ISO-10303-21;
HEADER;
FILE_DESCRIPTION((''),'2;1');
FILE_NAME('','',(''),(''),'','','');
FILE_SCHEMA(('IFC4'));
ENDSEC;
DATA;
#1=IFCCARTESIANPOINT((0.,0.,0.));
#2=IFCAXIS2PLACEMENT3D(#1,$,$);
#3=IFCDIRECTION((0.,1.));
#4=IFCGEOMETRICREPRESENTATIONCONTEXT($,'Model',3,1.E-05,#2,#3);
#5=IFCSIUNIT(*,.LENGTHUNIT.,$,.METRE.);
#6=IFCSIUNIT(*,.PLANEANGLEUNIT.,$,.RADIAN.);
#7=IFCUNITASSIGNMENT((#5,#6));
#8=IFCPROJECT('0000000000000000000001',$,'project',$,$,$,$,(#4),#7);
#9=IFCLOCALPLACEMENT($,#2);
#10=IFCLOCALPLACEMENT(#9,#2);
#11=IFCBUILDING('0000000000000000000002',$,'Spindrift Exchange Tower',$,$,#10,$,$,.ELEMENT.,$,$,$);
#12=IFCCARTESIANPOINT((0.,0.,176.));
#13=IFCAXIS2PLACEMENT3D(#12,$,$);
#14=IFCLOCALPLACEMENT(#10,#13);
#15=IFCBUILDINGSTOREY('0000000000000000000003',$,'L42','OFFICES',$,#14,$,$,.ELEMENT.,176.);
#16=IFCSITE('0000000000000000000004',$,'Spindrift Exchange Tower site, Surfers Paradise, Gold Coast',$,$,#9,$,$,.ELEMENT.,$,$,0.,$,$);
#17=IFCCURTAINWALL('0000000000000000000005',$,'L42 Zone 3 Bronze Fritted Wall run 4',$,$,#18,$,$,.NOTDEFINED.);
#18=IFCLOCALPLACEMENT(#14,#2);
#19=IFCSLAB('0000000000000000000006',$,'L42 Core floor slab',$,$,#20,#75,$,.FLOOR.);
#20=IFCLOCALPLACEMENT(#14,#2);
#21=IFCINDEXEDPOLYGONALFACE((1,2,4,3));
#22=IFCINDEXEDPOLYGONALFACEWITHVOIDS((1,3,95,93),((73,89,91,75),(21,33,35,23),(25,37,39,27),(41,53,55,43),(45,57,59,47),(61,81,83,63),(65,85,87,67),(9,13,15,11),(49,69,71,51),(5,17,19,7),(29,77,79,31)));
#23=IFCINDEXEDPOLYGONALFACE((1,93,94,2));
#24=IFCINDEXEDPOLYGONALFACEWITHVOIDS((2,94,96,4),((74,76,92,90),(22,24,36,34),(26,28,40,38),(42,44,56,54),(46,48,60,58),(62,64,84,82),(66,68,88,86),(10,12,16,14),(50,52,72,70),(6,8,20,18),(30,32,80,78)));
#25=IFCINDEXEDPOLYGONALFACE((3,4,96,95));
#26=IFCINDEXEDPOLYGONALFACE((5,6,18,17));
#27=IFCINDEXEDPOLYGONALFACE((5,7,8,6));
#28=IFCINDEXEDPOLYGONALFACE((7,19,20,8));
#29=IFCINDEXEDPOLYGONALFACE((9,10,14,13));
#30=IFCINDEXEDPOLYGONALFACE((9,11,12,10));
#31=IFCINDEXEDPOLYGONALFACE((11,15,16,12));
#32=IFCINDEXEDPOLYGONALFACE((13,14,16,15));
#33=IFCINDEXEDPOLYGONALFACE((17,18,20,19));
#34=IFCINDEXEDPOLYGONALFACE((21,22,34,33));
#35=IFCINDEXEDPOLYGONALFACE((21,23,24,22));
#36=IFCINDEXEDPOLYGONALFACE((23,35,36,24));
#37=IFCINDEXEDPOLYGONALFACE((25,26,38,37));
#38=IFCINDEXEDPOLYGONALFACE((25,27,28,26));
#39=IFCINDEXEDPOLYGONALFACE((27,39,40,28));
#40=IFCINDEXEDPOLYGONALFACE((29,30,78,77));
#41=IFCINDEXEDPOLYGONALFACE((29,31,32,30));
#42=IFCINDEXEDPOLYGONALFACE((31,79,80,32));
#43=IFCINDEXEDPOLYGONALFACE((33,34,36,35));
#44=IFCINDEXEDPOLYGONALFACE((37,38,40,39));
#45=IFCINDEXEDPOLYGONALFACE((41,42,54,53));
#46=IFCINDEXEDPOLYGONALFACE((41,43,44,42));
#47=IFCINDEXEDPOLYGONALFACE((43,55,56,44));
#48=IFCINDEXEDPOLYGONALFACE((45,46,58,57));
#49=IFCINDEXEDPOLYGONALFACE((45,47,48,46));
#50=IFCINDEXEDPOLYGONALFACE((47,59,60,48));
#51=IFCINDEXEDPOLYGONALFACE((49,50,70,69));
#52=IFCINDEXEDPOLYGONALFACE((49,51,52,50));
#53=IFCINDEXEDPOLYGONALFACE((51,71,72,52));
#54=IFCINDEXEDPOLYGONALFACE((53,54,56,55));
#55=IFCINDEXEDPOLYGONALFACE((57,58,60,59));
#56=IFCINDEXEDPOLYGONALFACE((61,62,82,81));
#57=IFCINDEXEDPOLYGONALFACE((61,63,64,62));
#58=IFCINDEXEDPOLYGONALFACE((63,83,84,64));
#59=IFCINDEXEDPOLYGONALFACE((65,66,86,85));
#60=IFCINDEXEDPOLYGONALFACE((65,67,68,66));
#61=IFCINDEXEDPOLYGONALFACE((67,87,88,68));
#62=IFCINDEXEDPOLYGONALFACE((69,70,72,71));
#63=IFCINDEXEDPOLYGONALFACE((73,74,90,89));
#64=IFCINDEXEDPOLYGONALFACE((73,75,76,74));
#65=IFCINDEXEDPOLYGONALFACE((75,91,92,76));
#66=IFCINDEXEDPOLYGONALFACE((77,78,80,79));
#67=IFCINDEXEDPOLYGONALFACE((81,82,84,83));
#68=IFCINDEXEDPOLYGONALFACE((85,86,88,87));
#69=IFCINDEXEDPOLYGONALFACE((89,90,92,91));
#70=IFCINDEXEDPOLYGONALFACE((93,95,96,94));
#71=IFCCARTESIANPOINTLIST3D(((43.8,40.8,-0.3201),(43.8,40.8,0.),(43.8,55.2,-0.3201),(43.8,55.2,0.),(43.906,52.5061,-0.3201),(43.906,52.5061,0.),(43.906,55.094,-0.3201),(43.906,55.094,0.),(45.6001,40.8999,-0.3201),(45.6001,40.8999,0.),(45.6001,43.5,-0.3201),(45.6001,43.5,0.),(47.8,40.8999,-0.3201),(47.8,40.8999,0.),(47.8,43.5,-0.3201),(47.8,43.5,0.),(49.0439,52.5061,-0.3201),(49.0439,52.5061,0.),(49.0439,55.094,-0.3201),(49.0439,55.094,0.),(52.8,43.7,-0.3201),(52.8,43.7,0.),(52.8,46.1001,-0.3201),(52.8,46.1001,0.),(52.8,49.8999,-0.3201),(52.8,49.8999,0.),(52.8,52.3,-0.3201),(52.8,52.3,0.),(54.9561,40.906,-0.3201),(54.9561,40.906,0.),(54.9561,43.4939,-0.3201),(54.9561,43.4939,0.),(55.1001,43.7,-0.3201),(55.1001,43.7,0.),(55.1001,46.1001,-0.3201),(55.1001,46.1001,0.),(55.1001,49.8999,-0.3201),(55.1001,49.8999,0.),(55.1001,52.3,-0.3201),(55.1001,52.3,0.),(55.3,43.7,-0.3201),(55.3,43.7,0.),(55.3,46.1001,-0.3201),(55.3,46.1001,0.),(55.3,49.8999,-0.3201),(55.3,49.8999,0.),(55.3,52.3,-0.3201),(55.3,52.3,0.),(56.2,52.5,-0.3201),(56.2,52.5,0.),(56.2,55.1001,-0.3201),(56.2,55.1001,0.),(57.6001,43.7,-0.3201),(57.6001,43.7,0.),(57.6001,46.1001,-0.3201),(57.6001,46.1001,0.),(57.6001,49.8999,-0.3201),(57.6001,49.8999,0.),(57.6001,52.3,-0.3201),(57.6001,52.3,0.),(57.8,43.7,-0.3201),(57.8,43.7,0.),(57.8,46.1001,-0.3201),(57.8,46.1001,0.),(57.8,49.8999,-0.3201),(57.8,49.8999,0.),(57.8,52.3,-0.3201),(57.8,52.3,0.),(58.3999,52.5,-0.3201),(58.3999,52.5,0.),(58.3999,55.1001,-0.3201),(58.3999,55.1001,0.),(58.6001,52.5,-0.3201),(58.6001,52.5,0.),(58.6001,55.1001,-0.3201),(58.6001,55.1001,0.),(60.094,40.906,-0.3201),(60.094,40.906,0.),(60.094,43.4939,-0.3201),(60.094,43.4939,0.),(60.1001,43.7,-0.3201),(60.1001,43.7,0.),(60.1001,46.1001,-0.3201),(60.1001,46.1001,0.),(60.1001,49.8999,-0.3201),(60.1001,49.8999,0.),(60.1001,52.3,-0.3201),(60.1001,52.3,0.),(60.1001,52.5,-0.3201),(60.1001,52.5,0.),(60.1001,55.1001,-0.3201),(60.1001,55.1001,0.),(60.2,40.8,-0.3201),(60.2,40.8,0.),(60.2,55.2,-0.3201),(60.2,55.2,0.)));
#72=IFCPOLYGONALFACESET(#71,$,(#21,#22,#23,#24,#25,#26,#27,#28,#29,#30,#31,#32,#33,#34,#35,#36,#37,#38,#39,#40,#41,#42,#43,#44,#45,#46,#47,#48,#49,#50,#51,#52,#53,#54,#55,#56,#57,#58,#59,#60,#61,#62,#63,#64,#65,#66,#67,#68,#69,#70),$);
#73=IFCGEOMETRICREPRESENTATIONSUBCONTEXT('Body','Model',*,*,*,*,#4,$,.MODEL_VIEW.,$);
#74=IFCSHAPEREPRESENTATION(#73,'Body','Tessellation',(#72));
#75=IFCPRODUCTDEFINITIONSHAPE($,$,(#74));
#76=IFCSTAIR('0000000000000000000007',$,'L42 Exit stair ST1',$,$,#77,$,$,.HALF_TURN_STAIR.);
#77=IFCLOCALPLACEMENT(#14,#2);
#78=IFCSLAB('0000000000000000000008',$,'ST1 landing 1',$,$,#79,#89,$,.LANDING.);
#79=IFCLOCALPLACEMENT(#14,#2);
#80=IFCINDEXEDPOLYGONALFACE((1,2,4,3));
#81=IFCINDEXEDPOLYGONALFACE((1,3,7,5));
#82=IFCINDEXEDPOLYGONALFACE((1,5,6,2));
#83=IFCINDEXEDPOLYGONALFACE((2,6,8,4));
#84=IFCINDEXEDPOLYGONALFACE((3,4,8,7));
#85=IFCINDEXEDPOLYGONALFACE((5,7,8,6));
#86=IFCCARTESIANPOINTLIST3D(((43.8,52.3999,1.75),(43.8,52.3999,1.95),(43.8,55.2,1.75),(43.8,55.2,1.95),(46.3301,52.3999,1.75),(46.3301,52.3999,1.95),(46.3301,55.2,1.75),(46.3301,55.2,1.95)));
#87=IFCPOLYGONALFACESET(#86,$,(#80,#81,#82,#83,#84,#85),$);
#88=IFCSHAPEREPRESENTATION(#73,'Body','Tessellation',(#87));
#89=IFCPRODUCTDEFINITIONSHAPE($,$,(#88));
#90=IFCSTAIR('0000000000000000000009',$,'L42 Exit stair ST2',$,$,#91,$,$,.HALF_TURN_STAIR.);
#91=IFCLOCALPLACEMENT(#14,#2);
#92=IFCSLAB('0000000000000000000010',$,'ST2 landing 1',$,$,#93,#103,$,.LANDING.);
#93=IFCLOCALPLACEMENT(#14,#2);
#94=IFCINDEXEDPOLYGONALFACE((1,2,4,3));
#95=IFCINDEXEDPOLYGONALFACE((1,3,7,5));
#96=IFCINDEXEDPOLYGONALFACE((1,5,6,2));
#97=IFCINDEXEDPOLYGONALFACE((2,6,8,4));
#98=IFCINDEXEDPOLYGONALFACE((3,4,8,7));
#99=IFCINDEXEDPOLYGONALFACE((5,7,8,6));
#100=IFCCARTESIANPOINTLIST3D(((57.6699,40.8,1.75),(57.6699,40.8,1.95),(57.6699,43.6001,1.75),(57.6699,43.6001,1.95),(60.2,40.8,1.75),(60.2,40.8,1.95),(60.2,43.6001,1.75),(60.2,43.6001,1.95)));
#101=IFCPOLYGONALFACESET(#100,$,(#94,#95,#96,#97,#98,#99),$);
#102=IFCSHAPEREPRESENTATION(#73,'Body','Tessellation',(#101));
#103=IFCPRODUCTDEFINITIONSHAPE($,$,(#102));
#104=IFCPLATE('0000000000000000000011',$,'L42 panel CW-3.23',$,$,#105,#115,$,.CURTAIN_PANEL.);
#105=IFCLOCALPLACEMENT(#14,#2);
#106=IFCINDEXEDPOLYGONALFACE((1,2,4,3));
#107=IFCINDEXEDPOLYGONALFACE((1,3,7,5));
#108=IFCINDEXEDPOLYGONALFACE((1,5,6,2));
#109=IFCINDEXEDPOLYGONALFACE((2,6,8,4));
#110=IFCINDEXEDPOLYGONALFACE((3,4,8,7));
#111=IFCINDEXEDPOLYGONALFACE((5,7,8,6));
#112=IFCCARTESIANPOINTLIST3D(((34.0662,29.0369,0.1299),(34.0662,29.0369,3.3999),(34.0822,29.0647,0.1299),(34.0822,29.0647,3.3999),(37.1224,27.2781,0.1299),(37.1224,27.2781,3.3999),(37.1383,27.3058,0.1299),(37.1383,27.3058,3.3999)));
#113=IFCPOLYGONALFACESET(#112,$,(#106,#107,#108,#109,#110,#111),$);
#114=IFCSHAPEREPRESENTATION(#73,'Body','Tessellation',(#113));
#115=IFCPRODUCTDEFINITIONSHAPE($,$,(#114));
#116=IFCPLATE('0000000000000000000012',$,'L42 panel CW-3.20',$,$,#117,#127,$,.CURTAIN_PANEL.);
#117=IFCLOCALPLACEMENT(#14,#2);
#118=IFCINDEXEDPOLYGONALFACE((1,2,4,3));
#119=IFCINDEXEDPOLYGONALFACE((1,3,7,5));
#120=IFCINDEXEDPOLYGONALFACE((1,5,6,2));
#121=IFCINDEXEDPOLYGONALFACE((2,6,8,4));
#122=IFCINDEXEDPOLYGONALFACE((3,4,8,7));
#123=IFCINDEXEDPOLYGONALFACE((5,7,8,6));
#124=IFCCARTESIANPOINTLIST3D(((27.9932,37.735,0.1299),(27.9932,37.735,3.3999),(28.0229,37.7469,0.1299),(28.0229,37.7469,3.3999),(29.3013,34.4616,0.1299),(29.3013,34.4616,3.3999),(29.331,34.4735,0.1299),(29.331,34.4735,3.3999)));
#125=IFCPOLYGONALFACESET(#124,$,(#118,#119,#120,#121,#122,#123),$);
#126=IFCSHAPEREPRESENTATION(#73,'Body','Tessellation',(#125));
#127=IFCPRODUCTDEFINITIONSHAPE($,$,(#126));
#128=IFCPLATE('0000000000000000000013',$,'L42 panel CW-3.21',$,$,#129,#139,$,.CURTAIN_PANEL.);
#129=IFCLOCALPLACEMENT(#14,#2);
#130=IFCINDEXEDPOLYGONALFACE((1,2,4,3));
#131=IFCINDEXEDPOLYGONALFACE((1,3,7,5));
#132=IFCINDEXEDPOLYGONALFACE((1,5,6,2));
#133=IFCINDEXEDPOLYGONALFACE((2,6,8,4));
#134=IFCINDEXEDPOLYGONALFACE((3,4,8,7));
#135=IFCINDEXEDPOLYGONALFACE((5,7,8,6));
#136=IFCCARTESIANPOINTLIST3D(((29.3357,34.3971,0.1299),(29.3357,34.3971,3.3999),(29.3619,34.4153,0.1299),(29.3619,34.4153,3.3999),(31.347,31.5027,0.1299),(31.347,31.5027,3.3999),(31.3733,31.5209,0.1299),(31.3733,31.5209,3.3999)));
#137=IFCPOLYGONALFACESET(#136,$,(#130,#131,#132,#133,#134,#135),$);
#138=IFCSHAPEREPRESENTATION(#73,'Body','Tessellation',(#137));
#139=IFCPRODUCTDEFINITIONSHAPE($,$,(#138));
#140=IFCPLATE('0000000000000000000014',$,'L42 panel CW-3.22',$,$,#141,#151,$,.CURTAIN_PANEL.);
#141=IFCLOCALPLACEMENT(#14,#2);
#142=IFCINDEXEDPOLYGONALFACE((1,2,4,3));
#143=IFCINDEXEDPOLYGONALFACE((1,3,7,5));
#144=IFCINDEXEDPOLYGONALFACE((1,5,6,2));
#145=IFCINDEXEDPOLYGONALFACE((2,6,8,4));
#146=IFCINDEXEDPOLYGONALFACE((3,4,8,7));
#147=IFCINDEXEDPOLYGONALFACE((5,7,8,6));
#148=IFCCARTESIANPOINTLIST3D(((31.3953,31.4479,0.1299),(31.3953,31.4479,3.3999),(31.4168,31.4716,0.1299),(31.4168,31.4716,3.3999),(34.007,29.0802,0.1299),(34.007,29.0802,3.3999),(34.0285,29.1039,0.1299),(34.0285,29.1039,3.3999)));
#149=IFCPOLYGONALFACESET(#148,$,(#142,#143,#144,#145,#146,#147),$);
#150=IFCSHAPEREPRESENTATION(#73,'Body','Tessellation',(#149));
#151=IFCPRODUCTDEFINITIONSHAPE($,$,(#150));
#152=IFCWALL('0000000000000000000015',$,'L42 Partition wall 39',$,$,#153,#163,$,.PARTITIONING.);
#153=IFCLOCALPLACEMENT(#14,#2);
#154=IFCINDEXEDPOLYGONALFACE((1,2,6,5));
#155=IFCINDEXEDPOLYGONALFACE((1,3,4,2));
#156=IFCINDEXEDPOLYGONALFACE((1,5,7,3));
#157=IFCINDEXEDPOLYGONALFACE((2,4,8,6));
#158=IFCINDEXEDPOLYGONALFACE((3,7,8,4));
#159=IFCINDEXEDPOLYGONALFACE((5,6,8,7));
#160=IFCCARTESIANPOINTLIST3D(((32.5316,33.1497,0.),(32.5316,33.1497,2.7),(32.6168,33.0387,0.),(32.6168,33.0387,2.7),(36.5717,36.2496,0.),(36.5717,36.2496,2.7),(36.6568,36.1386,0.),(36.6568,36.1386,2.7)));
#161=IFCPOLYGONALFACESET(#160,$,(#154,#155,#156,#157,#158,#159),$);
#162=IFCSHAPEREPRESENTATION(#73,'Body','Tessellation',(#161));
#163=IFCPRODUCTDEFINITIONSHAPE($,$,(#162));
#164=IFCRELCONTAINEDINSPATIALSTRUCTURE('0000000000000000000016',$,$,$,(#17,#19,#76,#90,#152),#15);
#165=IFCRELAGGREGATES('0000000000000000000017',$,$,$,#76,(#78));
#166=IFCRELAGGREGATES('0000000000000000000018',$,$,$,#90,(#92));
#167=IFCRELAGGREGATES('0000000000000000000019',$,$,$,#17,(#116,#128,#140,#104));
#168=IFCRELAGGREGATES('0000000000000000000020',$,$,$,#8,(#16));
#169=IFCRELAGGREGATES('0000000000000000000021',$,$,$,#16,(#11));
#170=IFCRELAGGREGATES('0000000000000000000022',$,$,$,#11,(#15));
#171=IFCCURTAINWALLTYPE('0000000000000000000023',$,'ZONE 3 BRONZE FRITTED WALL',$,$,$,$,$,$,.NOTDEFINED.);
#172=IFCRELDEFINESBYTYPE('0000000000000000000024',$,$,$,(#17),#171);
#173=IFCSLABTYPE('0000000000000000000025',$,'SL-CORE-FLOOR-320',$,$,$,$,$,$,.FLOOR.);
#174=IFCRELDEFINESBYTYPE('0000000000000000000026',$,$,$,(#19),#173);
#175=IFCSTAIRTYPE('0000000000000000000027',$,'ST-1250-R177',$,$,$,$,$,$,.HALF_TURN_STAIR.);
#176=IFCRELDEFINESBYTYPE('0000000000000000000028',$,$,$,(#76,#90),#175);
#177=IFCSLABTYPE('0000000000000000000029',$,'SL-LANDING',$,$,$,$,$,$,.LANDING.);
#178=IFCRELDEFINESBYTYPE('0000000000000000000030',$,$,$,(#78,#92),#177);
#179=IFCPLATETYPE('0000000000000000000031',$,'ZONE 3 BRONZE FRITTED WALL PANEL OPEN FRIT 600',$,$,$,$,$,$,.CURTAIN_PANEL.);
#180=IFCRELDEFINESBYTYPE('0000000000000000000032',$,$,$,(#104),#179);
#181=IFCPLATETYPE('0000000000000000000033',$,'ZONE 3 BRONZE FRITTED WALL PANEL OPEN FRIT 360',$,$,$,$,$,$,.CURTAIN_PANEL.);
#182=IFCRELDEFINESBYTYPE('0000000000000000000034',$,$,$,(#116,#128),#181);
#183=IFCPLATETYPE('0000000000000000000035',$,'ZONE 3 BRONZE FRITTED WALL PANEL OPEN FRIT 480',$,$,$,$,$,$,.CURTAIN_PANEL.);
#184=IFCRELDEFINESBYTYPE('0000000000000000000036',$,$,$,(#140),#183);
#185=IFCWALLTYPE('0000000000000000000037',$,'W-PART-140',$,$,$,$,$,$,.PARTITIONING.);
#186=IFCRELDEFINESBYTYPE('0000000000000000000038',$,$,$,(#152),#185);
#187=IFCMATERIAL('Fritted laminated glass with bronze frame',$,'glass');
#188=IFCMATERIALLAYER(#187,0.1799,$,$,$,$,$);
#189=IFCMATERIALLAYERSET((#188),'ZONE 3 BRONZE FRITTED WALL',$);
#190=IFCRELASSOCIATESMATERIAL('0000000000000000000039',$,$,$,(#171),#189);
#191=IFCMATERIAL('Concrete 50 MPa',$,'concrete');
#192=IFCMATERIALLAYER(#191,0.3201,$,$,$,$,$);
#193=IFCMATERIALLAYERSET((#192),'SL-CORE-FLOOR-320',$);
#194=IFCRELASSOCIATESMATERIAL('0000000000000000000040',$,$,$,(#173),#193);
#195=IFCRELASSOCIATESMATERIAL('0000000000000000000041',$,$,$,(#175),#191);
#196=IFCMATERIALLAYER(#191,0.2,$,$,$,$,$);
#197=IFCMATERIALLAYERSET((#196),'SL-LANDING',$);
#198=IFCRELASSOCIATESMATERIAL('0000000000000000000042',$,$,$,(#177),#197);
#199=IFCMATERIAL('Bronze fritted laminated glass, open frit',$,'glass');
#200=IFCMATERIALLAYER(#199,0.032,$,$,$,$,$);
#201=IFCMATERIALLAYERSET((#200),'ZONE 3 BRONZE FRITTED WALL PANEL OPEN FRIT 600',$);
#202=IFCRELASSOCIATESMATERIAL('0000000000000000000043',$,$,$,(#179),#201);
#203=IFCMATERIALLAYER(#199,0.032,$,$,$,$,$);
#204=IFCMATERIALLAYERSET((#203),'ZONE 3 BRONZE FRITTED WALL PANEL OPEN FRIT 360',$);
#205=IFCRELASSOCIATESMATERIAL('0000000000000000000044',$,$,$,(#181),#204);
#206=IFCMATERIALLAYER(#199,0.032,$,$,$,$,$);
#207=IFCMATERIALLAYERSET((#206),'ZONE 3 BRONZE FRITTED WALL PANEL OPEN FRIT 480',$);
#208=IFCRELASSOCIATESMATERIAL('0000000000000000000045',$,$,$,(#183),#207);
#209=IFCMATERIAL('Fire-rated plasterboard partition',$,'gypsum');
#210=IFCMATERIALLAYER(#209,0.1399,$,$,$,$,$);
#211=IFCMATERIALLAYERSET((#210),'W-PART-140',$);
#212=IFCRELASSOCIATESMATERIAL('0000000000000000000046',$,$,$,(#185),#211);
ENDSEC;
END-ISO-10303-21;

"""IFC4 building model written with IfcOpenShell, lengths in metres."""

from ifc_helpers import new_model, si_unit, direction, frame, frame_2d, origin, origin_2d, place, context, subcontext, project, spatial, line, indexed_curve, rectangle, outline, extrude, source, transform, mapped, material, layer, layer_set, type_object, element, aggregate, save


model = new_model("IFC4")

# Units and contexts
model_context = context("Model", 3, precision=1e-05, world=origin(), true_north=direction((0.0, 1.0)))
body_context = subcontext(model_context, "Body", "Model", "MODEL_VIEW")
ifc_project = project(units=[si_unit("LENGTHUNIT", "METRE"), si_unit("PLANEANGLEUNIT", "RADIAN")], contexts=[model_context])

# Site, building, storey
site_placement = place(None, origin())
site = spatial("IfcSite", under=ifc_project, at=site_placement, Name="Spindrift Exchange Tower site, Surfers Paradise, Gold Coast", CompositionType="ELEMENT", RefElevation=0.0)
building_placement = place(site_placement, origin())
building = spatial("IfcBuilding", under=site, at=building_placement, Name="Spindrift Exchange Tower", CompositionType="ELEMENT")
storey_placement = place(building_placement, frame((0.0, 0.0, 176.0)))
storey = spatial("IfcBuildingStorey", under=building, at=storey_placement, Name="L42", Description="OFFICES", CompositionType="ELEMENT", Elevation=176.0)

# Shared definitions
ifc_material_1 = material(Name="Concrete 50 MPa", Category="concrete")

# Curtain wall
ifc_material_2 = material(Name="Fritted laminated glass with bronze frame", Category="glass")
ifc_layer_1 = layer(ifc_material_2, 0.1799)
ifc_layer_set_1 = layer_set([ifc_layer_1], Name="ZONE 3 BRONZE FRITTED WALL")
curtain_wall_type = type_object("IfcCurtainWallType", Name="ZONE 3 BRONZE FRITTED WALL", PredefinedType="NOTDEFINED", material=ifc_layer_set_1)
curtain_wall_placement = place(storey_placement, origin())
curtain_wall = element("IfcCurtainWall", 1, at=curtain_wall_placement, inside=storey, type_object=curtain_wall_type, Name="L42 Zone 3 Bronze Fritted Wall run 4", PredefinedType="NOTDEFINED")

# Slab
ifc_layer_2 = layer(ifc_material_1, 0.3201)
ifc_layer_set_2 = layer_set([ifc_layer_2], Name="SL-CORE-FLOOR-320")
slab_type_1 = type_object("IfcSlabType", Name="SL-CORE-FLOOR-320", PredefinedType="FLOOR", material=ifc_layer_set_2)
slab_1_placement = place(storey_placement, frame((0.0, 0.0, -0.3201)))
element("IfcSlab", 2, at=slab_1_placement, inside=storey, type_object=slab_type_1, Name="L42 Core floor slab", PredefinedType="FLOOR", context=body_context, shape_type="SweptSolid", body=[
    extrude(outline(indexed_curve([(43.8, 40.8), (43.8, 55.2), (60.2, 55.2), (60.2, 40.8)], segments=[line(1, 2, 3, 4, 1)], self_intersect=False), holes=[indexed_curve([(45.6001, 43.5), (45.6001, 40.8999), (47.8, 40.8999), (47.8, 43.5)], segments=[line(1, 2, 3, 4, 1)], self_intersect=False), indexed_curve([(52.8, 46.1001), (52.8, 43.7), (55.1001, 43.7), (55.1001, 46.1001)], segments=[line(1, 2, 3, 4, 1)], self_intersect=False), indexed_curve([(55.3, 46.1001), (55.3, 43.7), (57.6001, 43.7), (57.6001, 46.1001)], segments=[line(1, 2, 3, 4, 1)], self_intersect=False), indexed_curve([(55.1001, 52.3), (52.8, 52.3), (52.8, 49.8999), (55.1001, 49.8999)], segments=[line(1, 2, 3, 4, 1)], self_intersect=False), indexed_curve([(57.6001, 52.3), (55.3, 52.3), (55.3, 49.8999), (57.6001, 49.8999)], segments=[line(1, 2, 3, 4, 1)], self_intersect=False), indexed_curve([(43.906, 52.5061), (49.0439, 52.5061), (49.0439, 55.094), (43.906, 55.094)], segments=[line(1, 2, 3, 4, 1)], self_intersect=False), indexed_curve([(60.094, 40.906), (60.094, 43.4939), (54.9561, 43.4939), (54.9561, 40.906)], segments=[line(1, 2, 3, 4, 1)], self_intersect=False), indexed_curve([(60.1001, 46.1001), (57.8, 46.1001), (57.8, 43.7), (60.1001, 43.7)], segments=[line(1, 2, 3, 4, 1)], self_intersect=False), indexed_curve([(57.8, 52.3), (57.8, 49.8999), (60.1001, 49.8999), (60.1001, 52.3)], segments=[line(1, 2, 3, 4, 1)], self_intersect=False), indexed_curve([(58.3999, 55.1001), (56.2, 55.1001), (56.2, 52.5), (58.3999, 52.5)], segments=[line(1, 2, 3, 4, 1)], self_intersect=False), indexed_curve([(60.1001, 55.1001), (58.6001, 55.1001), (58.6001, 52.5), (60.1001, 52.5)], segments=[line(1, 2, 3, 4, 1)], self_intersect=False)]), origin(), (0.0, 0.0, 1.0), 0.3201),
])

# Stairs, slabs
stair_type = type_object("IfcStairType", Name="ST-1250-R177", PredefinedType="HALF_TURN_STAIR", material=ifc_material_1)
stair_1_placement = place(storey_placement, origin())
stair_1 = element("IfcStair", 3, at=stair_1_placement, inside=storey, type_object=stair_type, Name="L42 Exit stair ST1", PredefinedType="HALF_TURN_STAIR")
ifc_layer_3 = layer(ifc_material_1, 0.2)
ifc_layer_set_3 = layer_set([ifc_layer_3], Name="SL-LANDING")
slab_type_2 = type_object("IfcSlabType", Name="SL-LANDING", PredefinedType="LANDING", material=ifc_layer_set_3)
slab_2_placement = place(storey_placement, frame((0.0, 0.0, 1.75)))
slab_2 = element("IfcSlab", 4, at=slab_2_placement, type_object=slab_type_2, Name="ST1 landing 1", PredefinedType="LANDING", context=body_context, shape_type="SweptSolid", body=[
    extrude(outline(indexed_curve([(46.3301, 52.3999), (43.8, 52.3999), (43.8, 55.2), (46.3301, 55.2)], segments=[line(1, 2, 3, 4, 1)], self_intersect=False)), origin(), (0.0, 0.0, 1.0), 0.2),
])
aggregate(stair_1, [slab_2])
stair_2_placement = place(storey_placement, origin())
stair_2 = element("IfcStair", 5, at=stair_2_placement, inside=storey, type_object=stair_type, Name="L42 Exit stair ST2", PredefinedType="HALF_TURN_STAIR")
slab_3_placement = place(storey_placement, frame((0.0, 0.0, 1.75)))
slab_3 = element("IfcSlab", 6, at=slab_3_placement, type_object=slab_type_2, Name="ST2 landing 1", PredefinedType="LANDING", context=body_context, shape_type="SweptSolid", body=[
    extrude(outline(indexed_curve([(57.6699, 43.6001), (60.2, 43.6001), (60.2, 40.8), (57.6699, 40.8)], segments=[line(1, 2, 3, 4, 1)], self_intersect=False)), origin(), (0.0, 0.0, 1.0), 0.2),
])
aggregate(stair_2, [slab_3])

# Plates
ifc_material_3 = material(Name="Bronze fritted laminated glass, open frit", Category="glass")
ifc_layer_4 = layer(ifc_material_3, 0.032)
ifc_layer_set_4 = layer_set([ifc_layer_4], Name="ZONE 3 BRONZE FRITTED WALL PANEL OPEN FRIT 600")
plate_type_1 = type_object("IfcPlateType", Name="ZONE 3 BRONZE FRITTED WALL PANEL OPEN FRIT 600", PredefinedType="CURTAIN_PANEL", material=ifc_layer_set_4)
shared_shape_1 = source(origin(), body_context, "Body", "SweptSolid", [
    extrude(rectangle(XDim=3.5261, YDim=0.032, at=origin_2d()), origin(), (0.0, 0.0, 1.0), 3.27),
])
plate_1_placement = place(storey_placement, frame((35.6023, 28.1714, 0.1299), z_axis=(0.0, 0.0, 1.0), x_axis=(0.866716, -0.498802, 0.0)))
plate_1 = element("IfcPlate", 7, at=plate_1_placement, type_object=plate_type_1, Name="L42 panel CW-3.23", PredefinedType="CURTAIN_PANEL", context=body_context, shape_type="MappedRepresentation", body=[
    mapped(shared_shape_1, transform((0.0, 0.0, 0.0), scale=1.0)),
])
ifc_layer_5 = layer(ifc_material_3, 0.032)
ifc_layer_set_5 = layer_set([ifc_layer_5], Name="ZONE 3 BRONZE FRITTED WALL PANEL OPEN FRIT 360")
plate_type_2 = type_object("IfcPlateType", Name="ZONE 3 BRONZE FRITTED WALL PANEL OPEN FRIT 360", PredefinedType="CURTAIN_PANEL", material=ifc_layer_set_5)
shared_shape_2 = source(origin(), body_context, "Body", "SweptSolid", [
    extrude(rectangle(XDim=3.5251, YDim=0.032, at=origin_2d()), origin(), (0.0, 0.0, 1.0), 3.27),
])
plate_2_placement = place(storey_placement, frame((28.6621, 36.1042, 0.1299), z_axis=(0.0, 0.0, 1.0), x_axis=(0.371089, -0.928597, 0.0)))
plate_2 = element("IfcPlate", 8, at=plate_2_placement, type_object=plate_type_2, Name="L42 panel CW-3.20", PredefinedType="CURTAIN_PANEL", context=body_context, shape_type="MappedRepresentation", body=[
    mapped(shared_shape_2, transform((0.0, 0.0, 0.0), scale=1.0)),
])
shared_shape_3 = source(origin(), body_context, "Body", "SweptSolid", [
    extrude(rectangle(XDim=3.5247, YDim=0.032, at=origin_2d()), origin(), (0.0, 0.0, 1.0), 3.27),
])
plate_3_placement = place(storey_placement, frame((30.3545, 32.959, 0.1299), z_axis=(0.0, 0.0, 1.0), x_axis=(0.570653, -0.821191, 0.0)))
plate_3 = element("IfcPlate", 9, at=plate_3_placement, type_object=plate_type_2, Name="L42 panel CW-3.21", PredefinedType="CURTAIN_PANEL", context=body_context, shape_type="MappedRepresentation", body=[
    mapped(shared_shape_3, transform((0.0, 0.0, 0.0), scale=1.0)),
])
ifc_layer_6 = layer(ifc_material_3, 0.032)
ifc_layer_set_6 = layer_set([ifc_layer_6], Name="ZONE 3 BRONZE FRITTED WALL PANEL OPEN FRIT 480")
plate_type_3 = type_object("IfcPlateType", Name="ZONE 3 BRONZE FRITTED WALL PANEL OPEN FRIT 480", PredefinedType="CURTAIN_PANEL", material=ifc_layer_set_6)
shared_shape_4 = source(origin(), body_context, "Body", "SweptSolid", [
    extrude(rectangle(XDim=3.5251, YDim=0.032, at=origin_2d()), origin(), (0.0, 0.0, 1.0), 3.27),
])
plate_4_placement = place(storey_placement, frame((32.7119, 30.2759, 0.1299), z_axis=(0.0, 0.0, 1.0), x_axis=(0.740862, -0.671657, 0.0)))
plate_4 = element("IfcPlate", 10, at=plate_4_placement, type_object=plate_type_3, Name="L42 panel CW-3.22", PredefinedType="CURTAIN_PANEL", context=body_context, shape_type="MappedRepresentation", body=[
    mapped(shared_shape_4, transform((0.0, 0.0, 0.0), scale=1.0)),
])
aggregate(curtain_wall, [plate_2, plate_3, plate_4, plate_1])

# Wall
ifc_material_4 = material(Name="Fire-rated plasterboard partition", Category="gypsum")
ifc_layer_7 = layer(ifc_material_4, 0.1399)
ifc_layer_set_7 = layer_set([ifc_layer_7], Name="W-PART-140")
wall_type = type_object("IfcWallType", Name="W-PART-140", PredefinedType="PARTITIONING", material=ifc_layer_set_7)
wall_1_placement = place(storey_placement, frame((36.6143, 36.1941, 0.0), z_axis=(0.0, 0.0, 1.0), x_axis=(-0.79337, -0.608739, 0.0)))
element("IfcWall", 11, at=wall_1_placement, inside=storey, type_object=wall_type, Name="L42 Partition wall 39", PredefinedType="PARTITIONING", context=body_context, shape_type="SweptSolid", body=[
    extrude(rectangle(XDim=5.0923, YDim=0.1399, at=frame_2d((2.5461, 0.0))), origin(), (0.0, 0.0, 1.0), 2.7),
])

save(model, "model.ifc")
